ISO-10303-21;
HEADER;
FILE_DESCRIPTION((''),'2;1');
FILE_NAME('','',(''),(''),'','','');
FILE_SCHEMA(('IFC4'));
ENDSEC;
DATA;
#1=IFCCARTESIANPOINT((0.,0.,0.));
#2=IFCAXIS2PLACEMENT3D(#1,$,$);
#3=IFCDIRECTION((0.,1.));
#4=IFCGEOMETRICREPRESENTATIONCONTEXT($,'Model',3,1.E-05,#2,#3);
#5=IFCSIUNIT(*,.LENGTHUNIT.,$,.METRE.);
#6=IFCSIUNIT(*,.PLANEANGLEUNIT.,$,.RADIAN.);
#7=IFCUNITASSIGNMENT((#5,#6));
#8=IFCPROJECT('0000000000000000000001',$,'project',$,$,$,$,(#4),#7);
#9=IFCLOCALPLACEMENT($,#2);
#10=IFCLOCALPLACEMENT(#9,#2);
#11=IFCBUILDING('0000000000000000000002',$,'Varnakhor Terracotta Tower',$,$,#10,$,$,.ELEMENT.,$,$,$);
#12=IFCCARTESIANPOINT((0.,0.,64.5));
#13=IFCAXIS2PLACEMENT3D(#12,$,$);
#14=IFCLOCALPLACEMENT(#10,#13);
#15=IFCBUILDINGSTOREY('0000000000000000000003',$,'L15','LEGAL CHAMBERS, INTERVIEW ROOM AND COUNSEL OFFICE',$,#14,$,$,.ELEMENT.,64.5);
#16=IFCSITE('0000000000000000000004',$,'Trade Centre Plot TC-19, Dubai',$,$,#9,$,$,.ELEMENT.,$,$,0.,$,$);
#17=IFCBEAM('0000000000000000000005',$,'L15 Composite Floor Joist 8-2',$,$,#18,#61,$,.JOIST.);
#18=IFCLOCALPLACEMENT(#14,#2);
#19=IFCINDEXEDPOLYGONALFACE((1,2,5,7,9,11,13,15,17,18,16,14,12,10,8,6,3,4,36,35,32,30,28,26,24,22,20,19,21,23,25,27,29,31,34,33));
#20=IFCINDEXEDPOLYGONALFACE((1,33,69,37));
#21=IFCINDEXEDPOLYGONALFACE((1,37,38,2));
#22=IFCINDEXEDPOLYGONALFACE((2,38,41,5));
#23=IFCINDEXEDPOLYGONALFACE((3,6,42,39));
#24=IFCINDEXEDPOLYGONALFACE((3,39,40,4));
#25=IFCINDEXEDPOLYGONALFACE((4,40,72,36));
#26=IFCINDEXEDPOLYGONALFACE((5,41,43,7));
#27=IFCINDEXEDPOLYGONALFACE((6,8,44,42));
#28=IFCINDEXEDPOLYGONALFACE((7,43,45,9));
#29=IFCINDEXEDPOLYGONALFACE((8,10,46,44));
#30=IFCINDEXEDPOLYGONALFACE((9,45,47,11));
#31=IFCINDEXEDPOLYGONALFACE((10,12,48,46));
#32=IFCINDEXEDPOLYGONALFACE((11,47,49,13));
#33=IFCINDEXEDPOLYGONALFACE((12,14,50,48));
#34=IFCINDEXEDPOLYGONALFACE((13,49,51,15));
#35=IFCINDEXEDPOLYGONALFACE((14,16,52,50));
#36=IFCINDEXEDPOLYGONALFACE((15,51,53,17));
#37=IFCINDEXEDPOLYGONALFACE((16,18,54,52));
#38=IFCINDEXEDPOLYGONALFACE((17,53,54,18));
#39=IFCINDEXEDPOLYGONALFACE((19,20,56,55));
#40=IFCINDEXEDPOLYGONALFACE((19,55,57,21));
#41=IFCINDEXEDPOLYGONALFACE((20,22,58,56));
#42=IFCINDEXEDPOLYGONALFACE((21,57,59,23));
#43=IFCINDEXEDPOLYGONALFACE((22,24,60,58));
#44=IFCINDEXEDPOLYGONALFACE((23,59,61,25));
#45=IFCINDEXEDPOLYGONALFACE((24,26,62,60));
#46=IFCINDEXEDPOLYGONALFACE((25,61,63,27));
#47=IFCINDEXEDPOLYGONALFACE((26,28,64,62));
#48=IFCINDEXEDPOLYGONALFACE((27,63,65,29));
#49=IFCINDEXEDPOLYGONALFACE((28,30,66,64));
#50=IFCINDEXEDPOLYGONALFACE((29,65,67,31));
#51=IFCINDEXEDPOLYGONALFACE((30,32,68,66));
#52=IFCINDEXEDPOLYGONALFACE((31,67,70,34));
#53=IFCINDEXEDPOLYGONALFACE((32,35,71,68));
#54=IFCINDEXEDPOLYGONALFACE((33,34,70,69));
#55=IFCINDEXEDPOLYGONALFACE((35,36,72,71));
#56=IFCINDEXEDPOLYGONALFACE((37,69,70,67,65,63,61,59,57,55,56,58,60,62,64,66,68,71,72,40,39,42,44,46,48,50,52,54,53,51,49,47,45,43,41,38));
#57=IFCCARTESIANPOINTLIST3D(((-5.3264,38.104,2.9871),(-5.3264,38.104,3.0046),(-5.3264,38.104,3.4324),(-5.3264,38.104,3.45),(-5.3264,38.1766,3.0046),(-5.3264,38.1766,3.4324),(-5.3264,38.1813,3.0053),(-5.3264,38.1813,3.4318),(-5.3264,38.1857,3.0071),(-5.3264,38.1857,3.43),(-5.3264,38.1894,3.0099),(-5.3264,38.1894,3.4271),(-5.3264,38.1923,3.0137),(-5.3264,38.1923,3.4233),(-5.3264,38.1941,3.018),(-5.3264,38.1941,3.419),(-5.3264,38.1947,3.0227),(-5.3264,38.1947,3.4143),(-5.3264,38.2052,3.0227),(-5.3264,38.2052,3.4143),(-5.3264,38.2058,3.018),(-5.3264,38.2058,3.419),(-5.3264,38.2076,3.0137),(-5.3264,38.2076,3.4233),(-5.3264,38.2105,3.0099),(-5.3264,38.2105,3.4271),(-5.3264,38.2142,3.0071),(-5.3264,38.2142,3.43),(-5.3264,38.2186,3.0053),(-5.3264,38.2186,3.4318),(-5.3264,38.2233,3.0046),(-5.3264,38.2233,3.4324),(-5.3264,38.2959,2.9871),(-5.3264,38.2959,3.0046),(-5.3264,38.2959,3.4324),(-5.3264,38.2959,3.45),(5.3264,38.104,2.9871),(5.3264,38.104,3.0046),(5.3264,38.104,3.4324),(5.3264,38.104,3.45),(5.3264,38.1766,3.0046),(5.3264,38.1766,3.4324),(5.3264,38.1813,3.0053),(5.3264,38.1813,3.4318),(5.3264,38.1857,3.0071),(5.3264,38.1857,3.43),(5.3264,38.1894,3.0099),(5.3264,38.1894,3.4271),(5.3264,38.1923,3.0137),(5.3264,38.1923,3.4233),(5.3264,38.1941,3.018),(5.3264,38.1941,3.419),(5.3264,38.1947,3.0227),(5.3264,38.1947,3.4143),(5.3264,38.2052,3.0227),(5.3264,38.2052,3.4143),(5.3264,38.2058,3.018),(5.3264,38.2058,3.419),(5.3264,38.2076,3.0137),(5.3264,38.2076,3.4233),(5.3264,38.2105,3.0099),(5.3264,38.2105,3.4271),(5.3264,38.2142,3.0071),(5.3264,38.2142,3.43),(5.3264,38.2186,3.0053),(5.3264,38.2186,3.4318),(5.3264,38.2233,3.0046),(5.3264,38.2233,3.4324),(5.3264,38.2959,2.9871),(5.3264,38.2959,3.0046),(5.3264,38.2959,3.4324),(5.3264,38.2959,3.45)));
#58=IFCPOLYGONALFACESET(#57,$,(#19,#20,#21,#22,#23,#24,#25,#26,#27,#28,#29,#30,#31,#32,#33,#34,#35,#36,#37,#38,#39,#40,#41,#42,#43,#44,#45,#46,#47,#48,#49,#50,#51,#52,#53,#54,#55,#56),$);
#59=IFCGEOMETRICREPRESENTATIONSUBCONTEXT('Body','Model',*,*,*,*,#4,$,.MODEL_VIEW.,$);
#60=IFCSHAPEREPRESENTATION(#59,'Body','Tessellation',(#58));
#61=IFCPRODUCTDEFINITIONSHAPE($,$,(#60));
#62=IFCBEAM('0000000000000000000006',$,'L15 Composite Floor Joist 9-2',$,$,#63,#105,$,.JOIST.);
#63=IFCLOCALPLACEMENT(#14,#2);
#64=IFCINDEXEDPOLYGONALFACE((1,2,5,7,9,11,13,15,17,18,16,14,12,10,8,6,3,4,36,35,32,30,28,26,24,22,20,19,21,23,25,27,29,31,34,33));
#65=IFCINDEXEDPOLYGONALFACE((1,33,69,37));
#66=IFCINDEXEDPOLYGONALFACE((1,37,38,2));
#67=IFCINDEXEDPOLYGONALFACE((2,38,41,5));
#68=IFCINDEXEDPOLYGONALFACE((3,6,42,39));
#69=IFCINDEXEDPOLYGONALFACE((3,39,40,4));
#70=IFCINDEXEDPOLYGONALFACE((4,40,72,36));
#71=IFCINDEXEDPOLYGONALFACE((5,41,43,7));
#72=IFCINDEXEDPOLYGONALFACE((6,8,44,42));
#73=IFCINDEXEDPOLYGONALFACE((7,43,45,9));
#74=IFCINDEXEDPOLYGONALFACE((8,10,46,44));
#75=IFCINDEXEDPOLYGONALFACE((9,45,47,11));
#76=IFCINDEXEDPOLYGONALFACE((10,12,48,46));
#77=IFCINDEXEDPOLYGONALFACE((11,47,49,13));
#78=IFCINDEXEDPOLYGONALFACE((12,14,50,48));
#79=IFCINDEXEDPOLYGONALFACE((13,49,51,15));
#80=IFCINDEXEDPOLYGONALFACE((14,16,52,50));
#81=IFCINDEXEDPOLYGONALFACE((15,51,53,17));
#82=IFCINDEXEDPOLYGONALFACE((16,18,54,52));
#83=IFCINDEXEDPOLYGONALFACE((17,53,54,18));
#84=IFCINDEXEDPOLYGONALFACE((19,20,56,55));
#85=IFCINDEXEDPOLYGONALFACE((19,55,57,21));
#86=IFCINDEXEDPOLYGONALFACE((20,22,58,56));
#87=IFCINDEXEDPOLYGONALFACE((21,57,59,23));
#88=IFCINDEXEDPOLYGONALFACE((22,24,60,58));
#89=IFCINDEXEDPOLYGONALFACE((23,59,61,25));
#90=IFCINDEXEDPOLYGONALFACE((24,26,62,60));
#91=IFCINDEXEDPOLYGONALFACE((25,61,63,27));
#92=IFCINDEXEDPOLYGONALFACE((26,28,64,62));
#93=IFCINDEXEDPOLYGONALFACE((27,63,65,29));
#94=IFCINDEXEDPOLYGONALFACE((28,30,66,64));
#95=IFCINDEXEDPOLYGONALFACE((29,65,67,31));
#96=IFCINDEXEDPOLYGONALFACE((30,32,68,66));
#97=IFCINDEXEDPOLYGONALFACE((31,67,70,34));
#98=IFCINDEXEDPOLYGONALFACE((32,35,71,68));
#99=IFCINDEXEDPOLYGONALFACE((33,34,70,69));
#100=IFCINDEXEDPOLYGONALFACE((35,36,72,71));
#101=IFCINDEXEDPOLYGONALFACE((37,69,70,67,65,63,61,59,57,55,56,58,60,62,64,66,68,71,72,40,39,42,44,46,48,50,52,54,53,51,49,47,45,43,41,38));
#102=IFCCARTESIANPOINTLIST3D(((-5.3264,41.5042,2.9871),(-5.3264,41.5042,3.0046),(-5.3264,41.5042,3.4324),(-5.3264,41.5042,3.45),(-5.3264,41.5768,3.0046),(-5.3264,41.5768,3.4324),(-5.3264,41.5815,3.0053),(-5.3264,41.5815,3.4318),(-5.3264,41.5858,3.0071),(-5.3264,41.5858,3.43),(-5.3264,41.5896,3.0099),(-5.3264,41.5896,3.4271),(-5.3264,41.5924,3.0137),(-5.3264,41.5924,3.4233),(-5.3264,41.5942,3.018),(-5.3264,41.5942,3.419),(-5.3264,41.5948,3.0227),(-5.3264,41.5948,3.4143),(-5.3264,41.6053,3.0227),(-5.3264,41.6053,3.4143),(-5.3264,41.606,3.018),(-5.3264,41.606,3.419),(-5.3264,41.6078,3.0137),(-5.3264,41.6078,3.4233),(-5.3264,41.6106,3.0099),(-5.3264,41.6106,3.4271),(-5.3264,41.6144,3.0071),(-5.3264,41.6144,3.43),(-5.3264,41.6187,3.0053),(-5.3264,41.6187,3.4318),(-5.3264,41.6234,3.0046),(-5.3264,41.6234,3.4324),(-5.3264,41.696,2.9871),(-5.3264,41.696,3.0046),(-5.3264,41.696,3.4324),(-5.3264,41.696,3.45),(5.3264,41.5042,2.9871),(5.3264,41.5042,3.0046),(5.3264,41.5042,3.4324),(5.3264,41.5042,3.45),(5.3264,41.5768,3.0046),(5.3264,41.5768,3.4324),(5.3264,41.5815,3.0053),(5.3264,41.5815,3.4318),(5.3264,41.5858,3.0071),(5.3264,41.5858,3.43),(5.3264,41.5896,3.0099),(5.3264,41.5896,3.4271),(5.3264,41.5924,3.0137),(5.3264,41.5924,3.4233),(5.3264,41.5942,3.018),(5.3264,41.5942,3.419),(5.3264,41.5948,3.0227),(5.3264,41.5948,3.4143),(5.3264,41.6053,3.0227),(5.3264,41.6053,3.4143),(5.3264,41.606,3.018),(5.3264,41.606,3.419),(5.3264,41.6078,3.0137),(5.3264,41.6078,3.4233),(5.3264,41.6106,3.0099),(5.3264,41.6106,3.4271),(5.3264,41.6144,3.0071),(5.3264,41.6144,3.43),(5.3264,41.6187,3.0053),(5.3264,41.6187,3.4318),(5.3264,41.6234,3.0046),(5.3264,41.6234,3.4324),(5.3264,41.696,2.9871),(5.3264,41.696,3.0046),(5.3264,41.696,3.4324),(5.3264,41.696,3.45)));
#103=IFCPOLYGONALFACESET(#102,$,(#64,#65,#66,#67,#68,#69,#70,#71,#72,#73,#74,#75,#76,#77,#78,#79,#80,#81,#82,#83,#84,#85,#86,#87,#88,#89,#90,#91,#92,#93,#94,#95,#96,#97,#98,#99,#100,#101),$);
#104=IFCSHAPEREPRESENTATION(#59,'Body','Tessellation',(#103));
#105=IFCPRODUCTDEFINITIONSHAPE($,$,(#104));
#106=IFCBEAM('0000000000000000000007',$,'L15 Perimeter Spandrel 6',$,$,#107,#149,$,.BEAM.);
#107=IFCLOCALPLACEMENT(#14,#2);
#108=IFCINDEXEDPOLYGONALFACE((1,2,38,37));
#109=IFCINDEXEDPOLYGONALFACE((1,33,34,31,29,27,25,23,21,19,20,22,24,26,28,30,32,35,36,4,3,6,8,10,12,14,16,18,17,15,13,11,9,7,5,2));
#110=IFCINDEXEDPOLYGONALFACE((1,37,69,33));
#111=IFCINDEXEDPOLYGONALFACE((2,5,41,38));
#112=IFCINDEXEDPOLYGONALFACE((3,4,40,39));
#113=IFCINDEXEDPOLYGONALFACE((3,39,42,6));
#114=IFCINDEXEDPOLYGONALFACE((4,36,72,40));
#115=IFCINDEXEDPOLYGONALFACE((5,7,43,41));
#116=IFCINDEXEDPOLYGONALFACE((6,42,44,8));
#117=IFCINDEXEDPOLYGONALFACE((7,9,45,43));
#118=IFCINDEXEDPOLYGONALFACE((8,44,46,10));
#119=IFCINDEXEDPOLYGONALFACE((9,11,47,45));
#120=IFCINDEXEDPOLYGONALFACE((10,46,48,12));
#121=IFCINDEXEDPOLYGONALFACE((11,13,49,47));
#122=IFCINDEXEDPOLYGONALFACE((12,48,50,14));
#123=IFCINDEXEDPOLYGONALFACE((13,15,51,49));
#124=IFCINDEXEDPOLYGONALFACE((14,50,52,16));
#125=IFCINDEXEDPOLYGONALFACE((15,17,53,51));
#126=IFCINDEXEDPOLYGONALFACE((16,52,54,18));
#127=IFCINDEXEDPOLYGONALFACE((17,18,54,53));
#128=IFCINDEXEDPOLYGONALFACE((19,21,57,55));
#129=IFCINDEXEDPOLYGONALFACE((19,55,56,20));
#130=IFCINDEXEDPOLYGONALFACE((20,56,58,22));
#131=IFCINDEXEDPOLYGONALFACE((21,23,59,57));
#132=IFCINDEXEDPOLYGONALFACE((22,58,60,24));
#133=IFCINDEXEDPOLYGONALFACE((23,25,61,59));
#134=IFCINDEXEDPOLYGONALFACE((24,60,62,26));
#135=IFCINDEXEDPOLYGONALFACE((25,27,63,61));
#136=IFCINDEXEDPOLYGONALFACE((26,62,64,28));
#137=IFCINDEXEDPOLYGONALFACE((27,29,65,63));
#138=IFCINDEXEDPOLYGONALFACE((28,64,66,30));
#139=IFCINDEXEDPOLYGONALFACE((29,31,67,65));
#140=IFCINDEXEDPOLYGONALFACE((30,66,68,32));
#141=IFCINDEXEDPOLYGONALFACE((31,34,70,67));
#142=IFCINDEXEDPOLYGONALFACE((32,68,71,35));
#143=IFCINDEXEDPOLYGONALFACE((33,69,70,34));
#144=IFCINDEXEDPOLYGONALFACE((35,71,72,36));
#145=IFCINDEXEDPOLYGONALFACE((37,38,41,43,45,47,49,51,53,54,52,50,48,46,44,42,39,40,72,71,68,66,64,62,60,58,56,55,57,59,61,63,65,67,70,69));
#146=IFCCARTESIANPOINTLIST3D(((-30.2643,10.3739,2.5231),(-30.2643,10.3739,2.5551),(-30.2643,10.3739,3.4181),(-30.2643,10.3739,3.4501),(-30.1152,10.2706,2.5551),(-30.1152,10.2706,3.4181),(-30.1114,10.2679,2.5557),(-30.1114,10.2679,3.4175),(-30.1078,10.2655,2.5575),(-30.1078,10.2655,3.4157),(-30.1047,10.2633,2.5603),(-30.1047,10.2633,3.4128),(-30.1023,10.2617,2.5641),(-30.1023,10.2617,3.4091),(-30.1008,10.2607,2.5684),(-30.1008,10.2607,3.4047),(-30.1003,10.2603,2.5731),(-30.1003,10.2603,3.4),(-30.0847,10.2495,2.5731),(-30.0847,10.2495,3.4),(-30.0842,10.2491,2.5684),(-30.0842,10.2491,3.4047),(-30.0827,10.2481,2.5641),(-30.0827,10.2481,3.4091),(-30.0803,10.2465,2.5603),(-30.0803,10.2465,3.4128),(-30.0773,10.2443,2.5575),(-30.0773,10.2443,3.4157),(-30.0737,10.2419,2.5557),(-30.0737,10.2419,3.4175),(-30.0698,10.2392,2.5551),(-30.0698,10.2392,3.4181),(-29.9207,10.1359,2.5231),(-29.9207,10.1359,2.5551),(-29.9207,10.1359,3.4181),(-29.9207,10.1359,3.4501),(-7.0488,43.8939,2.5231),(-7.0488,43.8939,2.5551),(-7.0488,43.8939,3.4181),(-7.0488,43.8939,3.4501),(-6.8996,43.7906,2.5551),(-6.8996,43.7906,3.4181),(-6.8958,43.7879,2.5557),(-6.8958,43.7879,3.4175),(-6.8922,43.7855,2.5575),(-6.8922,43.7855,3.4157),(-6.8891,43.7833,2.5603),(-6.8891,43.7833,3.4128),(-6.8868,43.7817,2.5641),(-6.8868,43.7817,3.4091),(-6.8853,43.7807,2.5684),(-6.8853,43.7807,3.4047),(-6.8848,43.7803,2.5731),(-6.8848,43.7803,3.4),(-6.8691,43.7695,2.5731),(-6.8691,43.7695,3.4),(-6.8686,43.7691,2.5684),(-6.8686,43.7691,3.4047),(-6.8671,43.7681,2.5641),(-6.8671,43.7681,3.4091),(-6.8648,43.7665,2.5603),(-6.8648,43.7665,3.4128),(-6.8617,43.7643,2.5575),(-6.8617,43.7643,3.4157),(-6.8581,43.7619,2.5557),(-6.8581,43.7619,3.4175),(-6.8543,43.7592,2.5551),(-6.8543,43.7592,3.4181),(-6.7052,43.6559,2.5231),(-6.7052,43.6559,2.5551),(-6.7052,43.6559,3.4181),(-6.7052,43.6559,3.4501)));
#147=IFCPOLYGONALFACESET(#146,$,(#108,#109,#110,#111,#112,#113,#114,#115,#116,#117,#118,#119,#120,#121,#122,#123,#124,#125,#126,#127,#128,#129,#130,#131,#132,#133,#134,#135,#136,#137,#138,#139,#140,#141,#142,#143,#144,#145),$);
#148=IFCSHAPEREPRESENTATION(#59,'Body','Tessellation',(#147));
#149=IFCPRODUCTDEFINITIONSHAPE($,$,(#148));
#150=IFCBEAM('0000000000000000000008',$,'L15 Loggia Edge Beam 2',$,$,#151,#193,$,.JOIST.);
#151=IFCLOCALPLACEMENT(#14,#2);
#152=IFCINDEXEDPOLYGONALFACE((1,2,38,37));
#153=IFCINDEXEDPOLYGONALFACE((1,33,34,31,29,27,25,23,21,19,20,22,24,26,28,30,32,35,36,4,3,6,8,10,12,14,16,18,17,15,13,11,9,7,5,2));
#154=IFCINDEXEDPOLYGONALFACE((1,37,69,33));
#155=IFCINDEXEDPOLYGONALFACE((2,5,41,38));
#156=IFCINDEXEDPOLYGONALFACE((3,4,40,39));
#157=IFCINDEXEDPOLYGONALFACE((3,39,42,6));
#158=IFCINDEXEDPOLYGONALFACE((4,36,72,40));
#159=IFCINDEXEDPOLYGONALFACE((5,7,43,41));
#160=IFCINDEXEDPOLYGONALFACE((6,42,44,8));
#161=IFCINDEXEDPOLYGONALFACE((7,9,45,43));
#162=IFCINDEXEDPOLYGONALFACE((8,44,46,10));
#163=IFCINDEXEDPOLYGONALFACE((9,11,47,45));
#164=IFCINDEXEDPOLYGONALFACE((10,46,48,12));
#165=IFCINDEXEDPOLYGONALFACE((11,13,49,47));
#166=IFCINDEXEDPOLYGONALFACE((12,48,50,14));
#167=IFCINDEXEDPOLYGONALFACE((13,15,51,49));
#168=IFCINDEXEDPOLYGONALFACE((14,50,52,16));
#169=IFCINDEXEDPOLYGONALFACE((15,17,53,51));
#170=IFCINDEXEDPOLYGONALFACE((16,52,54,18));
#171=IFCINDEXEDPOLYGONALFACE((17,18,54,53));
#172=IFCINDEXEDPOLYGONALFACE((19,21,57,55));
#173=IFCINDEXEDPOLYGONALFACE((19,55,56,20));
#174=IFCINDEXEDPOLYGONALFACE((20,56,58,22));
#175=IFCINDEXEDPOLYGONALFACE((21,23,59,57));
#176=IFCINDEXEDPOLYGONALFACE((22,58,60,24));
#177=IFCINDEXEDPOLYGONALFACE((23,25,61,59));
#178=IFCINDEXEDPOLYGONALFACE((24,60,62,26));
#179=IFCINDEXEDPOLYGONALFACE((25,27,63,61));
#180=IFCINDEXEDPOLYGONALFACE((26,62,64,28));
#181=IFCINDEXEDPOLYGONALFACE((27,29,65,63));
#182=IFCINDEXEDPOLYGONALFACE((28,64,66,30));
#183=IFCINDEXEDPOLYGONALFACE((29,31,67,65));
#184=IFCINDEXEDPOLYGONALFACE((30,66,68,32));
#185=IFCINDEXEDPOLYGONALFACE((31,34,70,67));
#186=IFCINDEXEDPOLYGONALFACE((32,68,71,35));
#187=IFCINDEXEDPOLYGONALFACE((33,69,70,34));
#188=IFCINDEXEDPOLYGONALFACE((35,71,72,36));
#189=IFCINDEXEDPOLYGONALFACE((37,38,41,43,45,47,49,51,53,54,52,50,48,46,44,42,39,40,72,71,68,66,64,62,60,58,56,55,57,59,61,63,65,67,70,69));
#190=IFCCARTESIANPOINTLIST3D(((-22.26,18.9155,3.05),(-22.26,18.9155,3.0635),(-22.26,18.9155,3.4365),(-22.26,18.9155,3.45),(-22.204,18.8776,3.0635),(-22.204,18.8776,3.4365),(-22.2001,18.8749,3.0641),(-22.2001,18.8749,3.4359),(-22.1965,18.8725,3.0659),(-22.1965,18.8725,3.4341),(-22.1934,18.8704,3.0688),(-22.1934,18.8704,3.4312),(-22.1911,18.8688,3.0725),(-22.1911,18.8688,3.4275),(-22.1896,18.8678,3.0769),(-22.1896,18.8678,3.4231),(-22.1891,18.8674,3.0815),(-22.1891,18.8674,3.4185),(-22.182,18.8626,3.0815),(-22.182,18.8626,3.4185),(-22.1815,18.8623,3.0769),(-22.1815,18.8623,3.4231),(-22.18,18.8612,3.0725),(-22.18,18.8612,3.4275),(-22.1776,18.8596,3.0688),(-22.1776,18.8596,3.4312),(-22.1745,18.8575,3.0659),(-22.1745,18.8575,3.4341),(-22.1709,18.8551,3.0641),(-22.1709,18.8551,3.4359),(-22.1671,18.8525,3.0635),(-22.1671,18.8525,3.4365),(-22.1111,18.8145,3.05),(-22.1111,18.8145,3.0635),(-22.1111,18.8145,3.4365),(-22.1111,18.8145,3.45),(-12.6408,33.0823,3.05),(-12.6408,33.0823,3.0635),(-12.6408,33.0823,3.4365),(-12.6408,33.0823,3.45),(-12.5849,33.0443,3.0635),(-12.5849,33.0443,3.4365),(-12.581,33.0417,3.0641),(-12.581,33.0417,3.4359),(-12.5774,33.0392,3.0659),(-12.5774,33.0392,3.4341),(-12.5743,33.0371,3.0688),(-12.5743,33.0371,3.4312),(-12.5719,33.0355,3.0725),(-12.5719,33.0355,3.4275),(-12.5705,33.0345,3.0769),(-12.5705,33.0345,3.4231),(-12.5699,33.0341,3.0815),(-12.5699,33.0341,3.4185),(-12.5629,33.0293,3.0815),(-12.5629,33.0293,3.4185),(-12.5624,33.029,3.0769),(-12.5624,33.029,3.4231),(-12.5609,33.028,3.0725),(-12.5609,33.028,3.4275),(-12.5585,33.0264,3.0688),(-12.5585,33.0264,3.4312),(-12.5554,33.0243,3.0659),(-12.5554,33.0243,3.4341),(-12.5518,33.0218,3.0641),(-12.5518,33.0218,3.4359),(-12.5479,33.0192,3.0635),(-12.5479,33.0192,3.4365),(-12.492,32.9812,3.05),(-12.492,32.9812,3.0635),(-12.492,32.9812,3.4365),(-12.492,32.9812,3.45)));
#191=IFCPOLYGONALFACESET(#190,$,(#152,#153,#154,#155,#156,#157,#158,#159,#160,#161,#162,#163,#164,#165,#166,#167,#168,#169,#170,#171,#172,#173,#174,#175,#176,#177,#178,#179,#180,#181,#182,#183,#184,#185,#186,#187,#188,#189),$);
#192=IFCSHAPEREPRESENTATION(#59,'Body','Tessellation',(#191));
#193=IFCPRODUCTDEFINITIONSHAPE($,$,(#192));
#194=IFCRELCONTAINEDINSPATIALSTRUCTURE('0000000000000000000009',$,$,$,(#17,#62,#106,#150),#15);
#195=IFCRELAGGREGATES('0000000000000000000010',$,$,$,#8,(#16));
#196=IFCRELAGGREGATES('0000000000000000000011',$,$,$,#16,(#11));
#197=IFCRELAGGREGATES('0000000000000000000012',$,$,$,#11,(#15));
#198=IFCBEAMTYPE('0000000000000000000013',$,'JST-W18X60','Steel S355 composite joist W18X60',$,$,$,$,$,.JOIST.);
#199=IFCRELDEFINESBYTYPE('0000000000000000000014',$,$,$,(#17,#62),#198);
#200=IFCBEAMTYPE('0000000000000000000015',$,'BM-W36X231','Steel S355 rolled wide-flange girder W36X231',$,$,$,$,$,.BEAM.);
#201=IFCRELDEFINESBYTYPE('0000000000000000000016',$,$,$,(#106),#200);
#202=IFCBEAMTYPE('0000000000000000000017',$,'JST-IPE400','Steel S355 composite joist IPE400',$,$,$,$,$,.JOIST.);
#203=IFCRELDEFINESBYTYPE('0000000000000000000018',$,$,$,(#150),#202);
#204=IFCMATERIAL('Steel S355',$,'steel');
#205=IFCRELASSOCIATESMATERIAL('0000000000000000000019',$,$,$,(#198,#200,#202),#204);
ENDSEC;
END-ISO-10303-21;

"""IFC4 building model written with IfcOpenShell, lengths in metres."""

from ifc_helpers import new_model, si_unit, direction, frame, origin, origin_2d, place, context, subcontext, project, spatial, i_section, extrude, source, transform, mapped, material, material_profile, profile_set, type_object, element, save


model = new_model("IFC4")

# Units and contexts
model_context = context("Model", 3, precision=1e-05, world=origin(), true_north=direction((0.0, 1.0)))
body_context = subcontext(model_context, "Body", "Model", "MODEL_VIEW")
ifc_project = project(units=[si_unit("LENGTHUNIT", "METRE"), si_unit("PLANEANGLEUNIT", "RADIAN")], contexts=[model_context])

# Site, building, storey
site_placement = place(None, origin())
site = spatial("IfcSite", under=ifc_project, at=site_placement, Name="Trade Centre Plot TC-19, Dubai", CompositionType="ELEMENT", RefElevation=0.0)
building_placement = place(site_placement, origin())
building = spatial("IfcBuilding", under=site, at=building_placement, Name="Varnakhor Terracotta Tower", CompositionType="ELEMENT")
storey_placement = place(building_placement, frame((0.0, 0.0, 64.5)))
storey = spatial("IfcBuildingStorey", under=building, at=storey_placement, Name="L15", Description="LEGAL CHAMBERS, INTERVIEW ROOM AND COUNSEL OFFICE", CompositionType="ELEMENT", Elevation=64.5)

# Beams
ifc_material_1 = material(Name="Steel S355", Category="steel")
ifc_material_profile_1 = material_profile(ifc_material_1, i_section(OverallWidth=0.1919, OverallDepth=0.4629, WebThickness=0.0105, FlangeThickness=0.0176, FilletRadius=0.0181, at=origin_2d()), Name="W18X60")
ifc_profile_set_1 = profile_set([ifc_material_profile_1], Name="Steel S355")
beam_type_1 = type_object("IfcBeamType", Name="JST-W18X60", Description="Steel S355 composite joist W18X60", PredefinedType="JOIST", material=ifc_profile_set_1)
shared_shape_1 = source(origin(), body_context, "Body", "SweptSolid", [
    extrude(i_section(OverallWidth=0.1919, OverallDepth=0.4629, WebThickness=0.0105, FlangeThickness=0.0176, FilletRadius=0.0181, at=origin_2d()), origin(), (0.0, 0.0, 1.0), 10.6528),
])
for number, where, z_axis, x_axis, name in (
    (1, (-5.3264, 38.2, 3.2185), (1.0, 0.0, 0.0), (0.0, 1.0, 0.0), "L15 Composite Floor Joist 8-2"),
    (2, (-5.3264, 41.6001, 3.2185), (1.0, 0.0, 0.0), (0.0, 1.0, 0.0), "L15 Composite Floor Joist 9-2"),
):
    element("IfcBeam", number, at=place(storey_placement, frame(where, z_axis=z_axis, x_axis=x_axis)), inside=storey, type_object=beam_type_1, Name=name, PredefinedType="JOIST", context=body_context, shape_type="MappedRepresentation", body=[
        mapped(shared_shape_1, transform((0.0, 0.0, 0.0), scale=1.0)),
    ])
ifc_material_profile_2 = material_profile(ifc_material_1, i_section(OverallWidth=0.418, OverallDepth=0.927, WebThickness=0.019, FlangeThickness=0.032, FilletRadius=0.0181, at=origin_2d()), Name="W36X231")
ifc_profile_set_2 = profile_set([ifc_material_profile_2], Name="Steel S355")
beam_type_2 = type_object("IfcBeamType", Name="BM-W36X231", Description="Steel S355 rolled wide-flange girder W36X231", PredefinedType="BEAM", material=ifc_profile_set_2)
shared_shape_2 = source(origin(), body_context, "Body", "SweptSolid", [
    extrude(i_section(OverallWidth=0.418, OverallDepth=0.927, WebThickness=0.019, FlangeThickness=0.032, FilletRadius=0.0181, at=origin_2d()), origin(), (0.0, 0.0, 1.0), 40.7744),
])
beam_1_placement = place(storey_placement, frame((-6.877, 43.7749, 2.9866), z_axis=(-0.569366, -0.822084, 0.0), x_axis=(0.822084, -0.569366, 0.0)))
element("IfcBeam", 3, at=beam_1_placement, inside=storey, type_object=beam_type_2, Name="L15 Perimeter Spandrel 6", PredefinedType="BEAM", context=body_context, shape_type="MappedRepresentation", body=[
    mapped(shared_shape_2, transform((0.0, 0.0, 0.0), scale=1.0)),
])
ifc_material_profile_3 = material_profile(ifc_material_1, i_section(OverallWidth=0.1799, OverallDepth=0.3999, WebThickness=0.0085, FlangeThickness=0.0134, FilletRadius=0.0181, at=origin_2d()), Name="IPE400")
ifc_profile_set_3 = profile_set([ifc_material_profile_3], Name="Steel S355")
beam_type_3 = type_object("IfcBeamType", Name="JST-IPE400", Description="Steel S355 composite joist IPE400", PredefinedType="JOIST", material=ifc_profile_set_3)
shared_shape_3 = source(origin(), body_context, "Body", "SweptSolid", [
    extrude(i_section(OverallWidth=0.1799, OverallDepth=0.3999, WebThickness=0.0085, FlangeThickness=0.0134, FilletRadius=0.0181, at=origin_2d()), origin(), (0.0, 0.0, 1.0), 17.1238),
])
beam_2_placement = place(storey_placement, frame((-12.5664, 33.0317, 3.25), z_axis=(-0.561741, -0.827313, 0.0), x_axis=(0.827313, -0.561741, 0.0)))
element("IfcBeam", 4, at=beam_2_placement, inside=storey, type_object=beam_type_3, Name="L15 Loggia Edge Beam 2", PredefinedType="JOIST", context=body_context, shape_type="MappedRepresentation", body=[
    mapped(shared_shape_3, transform((0.0, 0.0, 0.0), scale=1.0)),
])

save(model, "model.ifc")
